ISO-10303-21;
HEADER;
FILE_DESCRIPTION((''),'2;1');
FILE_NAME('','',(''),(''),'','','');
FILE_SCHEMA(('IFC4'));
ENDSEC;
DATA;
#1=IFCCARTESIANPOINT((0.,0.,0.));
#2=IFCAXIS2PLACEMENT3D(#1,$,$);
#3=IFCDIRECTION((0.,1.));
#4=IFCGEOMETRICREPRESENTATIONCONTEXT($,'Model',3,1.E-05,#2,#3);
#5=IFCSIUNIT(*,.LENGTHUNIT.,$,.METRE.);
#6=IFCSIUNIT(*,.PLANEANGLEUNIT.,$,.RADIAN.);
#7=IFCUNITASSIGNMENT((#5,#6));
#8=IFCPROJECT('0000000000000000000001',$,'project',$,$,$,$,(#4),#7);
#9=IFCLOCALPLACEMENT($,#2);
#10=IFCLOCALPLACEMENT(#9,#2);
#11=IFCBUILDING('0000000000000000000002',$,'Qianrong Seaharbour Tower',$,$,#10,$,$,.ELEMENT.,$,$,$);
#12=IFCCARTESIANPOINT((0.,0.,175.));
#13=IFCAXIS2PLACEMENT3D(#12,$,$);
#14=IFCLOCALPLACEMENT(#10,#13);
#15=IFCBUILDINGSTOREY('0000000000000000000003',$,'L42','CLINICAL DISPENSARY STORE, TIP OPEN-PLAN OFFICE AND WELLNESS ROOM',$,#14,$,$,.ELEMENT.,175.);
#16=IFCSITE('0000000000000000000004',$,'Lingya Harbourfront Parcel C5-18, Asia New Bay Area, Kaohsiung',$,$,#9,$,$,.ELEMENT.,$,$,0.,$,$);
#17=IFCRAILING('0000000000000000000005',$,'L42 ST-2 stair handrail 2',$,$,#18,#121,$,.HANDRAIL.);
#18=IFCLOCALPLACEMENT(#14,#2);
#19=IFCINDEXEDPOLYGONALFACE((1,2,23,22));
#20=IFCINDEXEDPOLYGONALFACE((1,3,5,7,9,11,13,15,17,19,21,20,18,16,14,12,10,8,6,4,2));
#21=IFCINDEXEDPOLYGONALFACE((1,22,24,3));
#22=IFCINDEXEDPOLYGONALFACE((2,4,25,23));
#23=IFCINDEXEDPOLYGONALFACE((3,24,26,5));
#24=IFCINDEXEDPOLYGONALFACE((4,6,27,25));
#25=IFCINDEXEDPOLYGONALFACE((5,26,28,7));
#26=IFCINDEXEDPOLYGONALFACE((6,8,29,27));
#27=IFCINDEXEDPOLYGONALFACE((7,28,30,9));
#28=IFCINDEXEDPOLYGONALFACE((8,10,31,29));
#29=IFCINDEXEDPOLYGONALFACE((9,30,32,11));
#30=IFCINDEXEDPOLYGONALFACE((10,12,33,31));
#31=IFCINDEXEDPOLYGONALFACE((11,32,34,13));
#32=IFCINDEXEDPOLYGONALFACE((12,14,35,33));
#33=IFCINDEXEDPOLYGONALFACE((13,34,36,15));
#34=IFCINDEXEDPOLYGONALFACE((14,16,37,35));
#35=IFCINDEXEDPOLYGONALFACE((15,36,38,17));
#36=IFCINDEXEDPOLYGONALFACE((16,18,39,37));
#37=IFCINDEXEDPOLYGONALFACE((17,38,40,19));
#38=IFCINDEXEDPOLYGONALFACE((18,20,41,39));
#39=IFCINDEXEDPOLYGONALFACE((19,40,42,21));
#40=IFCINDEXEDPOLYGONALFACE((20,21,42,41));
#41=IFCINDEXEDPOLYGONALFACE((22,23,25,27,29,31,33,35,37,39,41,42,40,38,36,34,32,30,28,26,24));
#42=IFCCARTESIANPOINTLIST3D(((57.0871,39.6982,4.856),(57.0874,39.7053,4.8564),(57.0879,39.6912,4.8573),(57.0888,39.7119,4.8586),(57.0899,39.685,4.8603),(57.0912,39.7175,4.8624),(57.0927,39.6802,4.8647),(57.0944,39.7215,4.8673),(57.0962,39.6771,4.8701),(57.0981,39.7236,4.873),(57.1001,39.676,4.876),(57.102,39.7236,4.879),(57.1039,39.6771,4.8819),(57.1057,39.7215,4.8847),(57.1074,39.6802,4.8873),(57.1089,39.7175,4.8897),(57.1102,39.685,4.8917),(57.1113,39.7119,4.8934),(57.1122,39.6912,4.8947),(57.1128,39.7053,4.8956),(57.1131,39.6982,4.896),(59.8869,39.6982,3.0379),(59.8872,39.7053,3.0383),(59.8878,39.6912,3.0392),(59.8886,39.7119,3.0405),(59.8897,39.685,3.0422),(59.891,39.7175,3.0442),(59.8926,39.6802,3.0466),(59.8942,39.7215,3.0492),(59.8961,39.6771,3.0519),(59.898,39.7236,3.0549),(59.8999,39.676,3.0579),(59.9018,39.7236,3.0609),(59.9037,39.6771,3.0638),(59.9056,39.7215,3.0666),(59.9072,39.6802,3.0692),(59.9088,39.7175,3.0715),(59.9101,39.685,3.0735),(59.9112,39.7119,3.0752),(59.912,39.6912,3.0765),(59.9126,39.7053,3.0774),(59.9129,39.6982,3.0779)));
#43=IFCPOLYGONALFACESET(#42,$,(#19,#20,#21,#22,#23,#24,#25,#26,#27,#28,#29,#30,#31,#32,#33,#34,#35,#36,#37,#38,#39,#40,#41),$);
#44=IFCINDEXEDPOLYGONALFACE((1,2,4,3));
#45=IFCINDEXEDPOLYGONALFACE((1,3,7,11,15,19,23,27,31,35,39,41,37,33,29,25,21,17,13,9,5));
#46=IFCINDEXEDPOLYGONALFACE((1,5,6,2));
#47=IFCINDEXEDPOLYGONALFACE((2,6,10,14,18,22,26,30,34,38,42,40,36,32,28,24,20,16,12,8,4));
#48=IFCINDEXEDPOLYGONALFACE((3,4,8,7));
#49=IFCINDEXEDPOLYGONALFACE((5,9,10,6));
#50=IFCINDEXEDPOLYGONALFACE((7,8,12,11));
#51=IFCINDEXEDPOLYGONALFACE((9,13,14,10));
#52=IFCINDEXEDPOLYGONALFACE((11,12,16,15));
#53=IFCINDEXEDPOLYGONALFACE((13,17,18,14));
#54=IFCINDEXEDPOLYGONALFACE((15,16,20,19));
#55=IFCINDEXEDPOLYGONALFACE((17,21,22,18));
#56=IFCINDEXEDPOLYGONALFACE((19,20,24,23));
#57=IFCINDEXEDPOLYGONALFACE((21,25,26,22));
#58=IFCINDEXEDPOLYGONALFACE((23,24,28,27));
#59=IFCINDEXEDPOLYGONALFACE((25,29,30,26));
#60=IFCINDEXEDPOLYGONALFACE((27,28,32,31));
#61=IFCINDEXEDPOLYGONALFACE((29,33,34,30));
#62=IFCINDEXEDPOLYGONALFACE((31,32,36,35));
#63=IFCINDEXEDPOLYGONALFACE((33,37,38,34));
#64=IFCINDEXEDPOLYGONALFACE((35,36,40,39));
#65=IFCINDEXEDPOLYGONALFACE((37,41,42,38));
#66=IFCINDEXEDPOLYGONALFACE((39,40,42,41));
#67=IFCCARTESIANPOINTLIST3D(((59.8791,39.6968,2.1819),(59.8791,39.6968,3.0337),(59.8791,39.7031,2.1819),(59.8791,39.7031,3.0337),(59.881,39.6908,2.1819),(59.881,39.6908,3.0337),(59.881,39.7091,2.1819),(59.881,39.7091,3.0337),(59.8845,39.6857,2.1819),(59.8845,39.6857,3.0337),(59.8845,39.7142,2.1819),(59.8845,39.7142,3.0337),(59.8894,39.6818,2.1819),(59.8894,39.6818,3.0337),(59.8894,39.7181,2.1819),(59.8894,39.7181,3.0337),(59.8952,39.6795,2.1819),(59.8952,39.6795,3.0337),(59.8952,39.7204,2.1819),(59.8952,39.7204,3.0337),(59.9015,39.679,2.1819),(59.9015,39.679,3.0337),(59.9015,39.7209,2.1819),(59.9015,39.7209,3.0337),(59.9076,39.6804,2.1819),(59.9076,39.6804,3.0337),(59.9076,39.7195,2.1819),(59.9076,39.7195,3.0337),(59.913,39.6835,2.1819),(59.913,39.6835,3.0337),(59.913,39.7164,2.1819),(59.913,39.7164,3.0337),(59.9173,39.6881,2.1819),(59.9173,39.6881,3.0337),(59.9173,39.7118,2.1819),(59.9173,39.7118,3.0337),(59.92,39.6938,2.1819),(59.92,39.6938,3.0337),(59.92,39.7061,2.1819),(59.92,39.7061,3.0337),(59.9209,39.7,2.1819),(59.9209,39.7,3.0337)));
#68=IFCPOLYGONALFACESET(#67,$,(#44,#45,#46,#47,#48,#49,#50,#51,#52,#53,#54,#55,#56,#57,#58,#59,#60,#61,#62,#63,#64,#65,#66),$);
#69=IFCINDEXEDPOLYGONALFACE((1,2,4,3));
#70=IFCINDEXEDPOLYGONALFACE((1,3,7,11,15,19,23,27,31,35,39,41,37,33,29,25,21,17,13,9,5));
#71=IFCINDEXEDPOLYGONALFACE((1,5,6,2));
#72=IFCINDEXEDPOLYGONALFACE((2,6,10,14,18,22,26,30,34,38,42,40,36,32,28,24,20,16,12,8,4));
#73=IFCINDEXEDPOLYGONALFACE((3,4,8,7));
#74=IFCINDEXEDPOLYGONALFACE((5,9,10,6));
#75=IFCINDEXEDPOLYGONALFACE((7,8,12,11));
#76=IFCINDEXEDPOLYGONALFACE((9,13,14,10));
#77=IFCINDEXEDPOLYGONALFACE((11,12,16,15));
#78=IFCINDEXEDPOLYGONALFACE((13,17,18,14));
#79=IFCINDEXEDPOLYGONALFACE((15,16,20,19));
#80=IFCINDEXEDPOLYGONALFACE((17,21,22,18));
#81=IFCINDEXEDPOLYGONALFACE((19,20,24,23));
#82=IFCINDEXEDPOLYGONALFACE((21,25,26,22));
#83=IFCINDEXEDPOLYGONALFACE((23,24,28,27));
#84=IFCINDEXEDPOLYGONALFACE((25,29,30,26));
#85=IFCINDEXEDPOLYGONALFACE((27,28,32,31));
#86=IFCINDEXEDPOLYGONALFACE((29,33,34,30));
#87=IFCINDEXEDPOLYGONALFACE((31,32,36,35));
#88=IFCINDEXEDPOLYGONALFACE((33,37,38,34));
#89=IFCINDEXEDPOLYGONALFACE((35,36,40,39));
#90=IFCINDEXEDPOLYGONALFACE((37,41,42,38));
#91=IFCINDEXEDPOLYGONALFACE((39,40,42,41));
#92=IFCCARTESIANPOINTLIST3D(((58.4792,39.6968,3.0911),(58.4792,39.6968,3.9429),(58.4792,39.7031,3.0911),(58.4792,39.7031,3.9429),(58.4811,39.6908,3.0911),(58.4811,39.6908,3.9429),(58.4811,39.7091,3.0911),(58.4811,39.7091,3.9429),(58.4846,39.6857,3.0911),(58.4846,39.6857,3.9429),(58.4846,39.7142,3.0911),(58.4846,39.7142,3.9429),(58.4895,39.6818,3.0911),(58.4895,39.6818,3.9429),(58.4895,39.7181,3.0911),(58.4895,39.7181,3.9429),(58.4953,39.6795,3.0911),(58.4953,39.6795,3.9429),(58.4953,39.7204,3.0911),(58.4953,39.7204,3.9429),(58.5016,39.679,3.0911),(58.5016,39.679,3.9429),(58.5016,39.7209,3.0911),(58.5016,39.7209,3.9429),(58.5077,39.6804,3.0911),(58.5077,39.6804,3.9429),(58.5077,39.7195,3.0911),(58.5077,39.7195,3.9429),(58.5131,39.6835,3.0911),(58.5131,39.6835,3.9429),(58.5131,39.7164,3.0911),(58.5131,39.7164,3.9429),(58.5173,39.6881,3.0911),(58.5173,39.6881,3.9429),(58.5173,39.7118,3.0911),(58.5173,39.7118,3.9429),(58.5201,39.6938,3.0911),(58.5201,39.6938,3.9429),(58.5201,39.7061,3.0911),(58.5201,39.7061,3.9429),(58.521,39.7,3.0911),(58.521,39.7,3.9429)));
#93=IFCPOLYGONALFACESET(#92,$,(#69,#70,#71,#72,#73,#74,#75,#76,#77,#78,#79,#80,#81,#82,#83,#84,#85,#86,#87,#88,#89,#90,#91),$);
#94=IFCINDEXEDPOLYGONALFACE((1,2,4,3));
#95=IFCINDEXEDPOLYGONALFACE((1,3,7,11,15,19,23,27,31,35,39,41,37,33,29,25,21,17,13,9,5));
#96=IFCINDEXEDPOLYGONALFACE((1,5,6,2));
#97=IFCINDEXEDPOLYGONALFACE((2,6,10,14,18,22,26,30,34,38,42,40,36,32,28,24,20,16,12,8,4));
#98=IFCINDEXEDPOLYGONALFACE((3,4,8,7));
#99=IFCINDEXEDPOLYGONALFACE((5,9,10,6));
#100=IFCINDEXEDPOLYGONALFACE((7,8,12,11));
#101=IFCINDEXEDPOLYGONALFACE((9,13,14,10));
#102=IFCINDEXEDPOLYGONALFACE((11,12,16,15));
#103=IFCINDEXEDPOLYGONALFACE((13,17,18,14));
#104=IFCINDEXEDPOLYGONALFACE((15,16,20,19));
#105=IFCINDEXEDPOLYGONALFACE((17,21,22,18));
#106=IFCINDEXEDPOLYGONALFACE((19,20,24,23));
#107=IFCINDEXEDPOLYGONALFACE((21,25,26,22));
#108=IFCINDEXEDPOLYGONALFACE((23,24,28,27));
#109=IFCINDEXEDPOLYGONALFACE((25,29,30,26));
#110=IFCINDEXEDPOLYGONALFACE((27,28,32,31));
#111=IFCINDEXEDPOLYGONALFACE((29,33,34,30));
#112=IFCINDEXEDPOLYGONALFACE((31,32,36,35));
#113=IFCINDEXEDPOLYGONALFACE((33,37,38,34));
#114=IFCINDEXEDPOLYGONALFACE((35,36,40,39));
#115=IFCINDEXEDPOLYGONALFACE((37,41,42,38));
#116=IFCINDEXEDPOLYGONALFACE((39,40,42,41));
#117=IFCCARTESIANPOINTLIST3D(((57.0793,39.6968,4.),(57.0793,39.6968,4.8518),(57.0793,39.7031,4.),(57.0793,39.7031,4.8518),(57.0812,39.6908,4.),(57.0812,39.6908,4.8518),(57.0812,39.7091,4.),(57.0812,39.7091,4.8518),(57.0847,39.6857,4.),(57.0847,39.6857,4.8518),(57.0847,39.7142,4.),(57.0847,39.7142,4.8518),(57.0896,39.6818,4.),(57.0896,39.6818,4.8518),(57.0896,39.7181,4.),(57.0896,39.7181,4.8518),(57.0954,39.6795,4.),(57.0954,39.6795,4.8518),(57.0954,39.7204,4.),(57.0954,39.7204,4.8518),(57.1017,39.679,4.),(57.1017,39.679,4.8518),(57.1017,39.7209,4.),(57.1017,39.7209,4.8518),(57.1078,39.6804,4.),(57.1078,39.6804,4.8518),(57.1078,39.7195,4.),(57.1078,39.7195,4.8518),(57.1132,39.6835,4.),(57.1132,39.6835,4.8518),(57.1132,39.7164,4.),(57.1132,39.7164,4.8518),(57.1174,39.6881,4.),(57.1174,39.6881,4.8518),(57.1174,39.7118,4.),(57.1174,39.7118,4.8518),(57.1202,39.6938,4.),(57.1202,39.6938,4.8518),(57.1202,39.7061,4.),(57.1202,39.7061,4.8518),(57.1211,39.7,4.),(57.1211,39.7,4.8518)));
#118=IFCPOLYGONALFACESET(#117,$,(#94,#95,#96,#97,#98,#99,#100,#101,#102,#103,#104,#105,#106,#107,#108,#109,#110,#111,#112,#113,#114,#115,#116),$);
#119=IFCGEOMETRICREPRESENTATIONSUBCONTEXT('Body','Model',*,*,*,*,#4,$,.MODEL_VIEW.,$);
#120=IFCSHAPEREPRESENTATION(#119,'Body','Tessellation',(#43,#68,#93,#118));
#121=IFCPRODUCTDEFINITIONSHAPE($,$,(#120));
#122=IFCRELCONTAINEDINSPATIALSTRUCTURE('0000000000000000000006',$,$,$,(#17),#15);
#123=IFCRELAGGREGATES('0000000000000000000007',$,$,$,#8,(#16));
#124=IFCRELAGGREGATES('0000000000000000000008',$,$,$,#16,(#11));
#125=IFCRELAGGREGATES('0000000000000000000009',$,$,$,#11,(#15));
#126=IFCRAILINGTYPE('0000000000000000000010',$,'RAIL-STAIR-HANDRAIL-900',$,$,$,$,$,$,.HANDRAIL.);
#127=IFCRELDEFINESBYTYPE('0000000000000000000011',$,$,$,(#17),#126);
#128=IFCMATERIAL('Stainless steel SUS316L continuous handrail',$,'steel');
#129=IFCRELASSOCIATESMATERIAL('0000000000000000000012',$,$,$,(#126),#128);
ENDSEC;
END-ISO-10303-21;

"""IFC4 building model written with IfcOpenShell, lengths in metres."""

from ifc_helpers import new_model, si_unit, direction, frame, origin, origin_2d, place, context, subcontext, project, spatial, circle, extrude, material, type_object, element, save


model = new_model("IFC4")

# Units and contexts
model_context = context("Model", 3, precision=1e-05, world=origin(), true_north=direction((0.0, 1.0)))
body_context = subcontext(model_context, "Body", "Model", "MODEL_VIEW")
ifc_project = project(units=[si_unit("LENGTHUNIT", "METRE"), si_unit("PLANEANGLEUNIT", "RADIAN")], contexts=[model_context])

# Site, building, storey
site_placement = place(None, origin())
site = spatial("IfcSite", under=ifc_project, at=site_placement, Name="Lingya Harbourfront Parcel C5-18, Asia New Bay Area, Kaohsiung", CompositionType="ELEMENT", RefElevation=0.0)
building_placement = place(site_placement, origin())
building = spatial("IfcBuilding", under=site, at=building_placement, Name="Qianrong Seaharbour Tower", CompositionType="ELEMENT")
storey_placement = place(building_placement, frame((0.0, 0.0, 175.0)))
storey = spatial("IfcBuildingStorey", under=building, at=storey_placement, Name="L42", Description="CLINICAL DISPENSARY STORE, TIP OPEN-PLAN OFFICE AND WELLNESS ROOM", CompositionType="ELEMENT", Elevation=175.0)

# Railing
ifc_material_1 = material(Name="Stainless steel SUS316L continuous handrail", Category="steel")
railing_type_1 = type_object("IfcRailingType", Name="RAIL-STAIR-HANDRAIL-900", PredefinedType="HANDRAIL", material=ifc_material_1)
railing_1_placement = place(storey_placement, frame((59.8999, 39.7, 2.1819)))
element("IfcRailing", 1, at=railing_1_placement, inside=storey, type_object=railing_type_1, Name="L42 ST-2 stair handrail 2", PredefinedType="HANDRAIL", context=body_context, shape_type="SweptSolid", body=[
    extrude(circle(Radius=0.0239, at=origin_2d()), frame((0.0, 0.0, 0.876), z_axis=(-0.838684, 0.0, 0.544618), x_axis=(0.0, -1.0, 0.0)), (0.0, 0.0, 1.0), 3.3384),
    extrude(circle(Radius=0.021, at=origin_2d()), origin(), (0.0, 0.0, 1.0), 0.8518),
    extrude(circle(Radius=0.021, at=origin_2d()), frame((-1.3999, 0.0, 0.9092)), (0.0, 0.0, 1.0), 0.8518),
    extrude(circle(Radius=0.021, at=origin_2d()), frame((-2.7998, 0.0, 1.8181)), (0.0, 0.0, 1.0), 0.8518),
])

save(model, "model.ifc")
